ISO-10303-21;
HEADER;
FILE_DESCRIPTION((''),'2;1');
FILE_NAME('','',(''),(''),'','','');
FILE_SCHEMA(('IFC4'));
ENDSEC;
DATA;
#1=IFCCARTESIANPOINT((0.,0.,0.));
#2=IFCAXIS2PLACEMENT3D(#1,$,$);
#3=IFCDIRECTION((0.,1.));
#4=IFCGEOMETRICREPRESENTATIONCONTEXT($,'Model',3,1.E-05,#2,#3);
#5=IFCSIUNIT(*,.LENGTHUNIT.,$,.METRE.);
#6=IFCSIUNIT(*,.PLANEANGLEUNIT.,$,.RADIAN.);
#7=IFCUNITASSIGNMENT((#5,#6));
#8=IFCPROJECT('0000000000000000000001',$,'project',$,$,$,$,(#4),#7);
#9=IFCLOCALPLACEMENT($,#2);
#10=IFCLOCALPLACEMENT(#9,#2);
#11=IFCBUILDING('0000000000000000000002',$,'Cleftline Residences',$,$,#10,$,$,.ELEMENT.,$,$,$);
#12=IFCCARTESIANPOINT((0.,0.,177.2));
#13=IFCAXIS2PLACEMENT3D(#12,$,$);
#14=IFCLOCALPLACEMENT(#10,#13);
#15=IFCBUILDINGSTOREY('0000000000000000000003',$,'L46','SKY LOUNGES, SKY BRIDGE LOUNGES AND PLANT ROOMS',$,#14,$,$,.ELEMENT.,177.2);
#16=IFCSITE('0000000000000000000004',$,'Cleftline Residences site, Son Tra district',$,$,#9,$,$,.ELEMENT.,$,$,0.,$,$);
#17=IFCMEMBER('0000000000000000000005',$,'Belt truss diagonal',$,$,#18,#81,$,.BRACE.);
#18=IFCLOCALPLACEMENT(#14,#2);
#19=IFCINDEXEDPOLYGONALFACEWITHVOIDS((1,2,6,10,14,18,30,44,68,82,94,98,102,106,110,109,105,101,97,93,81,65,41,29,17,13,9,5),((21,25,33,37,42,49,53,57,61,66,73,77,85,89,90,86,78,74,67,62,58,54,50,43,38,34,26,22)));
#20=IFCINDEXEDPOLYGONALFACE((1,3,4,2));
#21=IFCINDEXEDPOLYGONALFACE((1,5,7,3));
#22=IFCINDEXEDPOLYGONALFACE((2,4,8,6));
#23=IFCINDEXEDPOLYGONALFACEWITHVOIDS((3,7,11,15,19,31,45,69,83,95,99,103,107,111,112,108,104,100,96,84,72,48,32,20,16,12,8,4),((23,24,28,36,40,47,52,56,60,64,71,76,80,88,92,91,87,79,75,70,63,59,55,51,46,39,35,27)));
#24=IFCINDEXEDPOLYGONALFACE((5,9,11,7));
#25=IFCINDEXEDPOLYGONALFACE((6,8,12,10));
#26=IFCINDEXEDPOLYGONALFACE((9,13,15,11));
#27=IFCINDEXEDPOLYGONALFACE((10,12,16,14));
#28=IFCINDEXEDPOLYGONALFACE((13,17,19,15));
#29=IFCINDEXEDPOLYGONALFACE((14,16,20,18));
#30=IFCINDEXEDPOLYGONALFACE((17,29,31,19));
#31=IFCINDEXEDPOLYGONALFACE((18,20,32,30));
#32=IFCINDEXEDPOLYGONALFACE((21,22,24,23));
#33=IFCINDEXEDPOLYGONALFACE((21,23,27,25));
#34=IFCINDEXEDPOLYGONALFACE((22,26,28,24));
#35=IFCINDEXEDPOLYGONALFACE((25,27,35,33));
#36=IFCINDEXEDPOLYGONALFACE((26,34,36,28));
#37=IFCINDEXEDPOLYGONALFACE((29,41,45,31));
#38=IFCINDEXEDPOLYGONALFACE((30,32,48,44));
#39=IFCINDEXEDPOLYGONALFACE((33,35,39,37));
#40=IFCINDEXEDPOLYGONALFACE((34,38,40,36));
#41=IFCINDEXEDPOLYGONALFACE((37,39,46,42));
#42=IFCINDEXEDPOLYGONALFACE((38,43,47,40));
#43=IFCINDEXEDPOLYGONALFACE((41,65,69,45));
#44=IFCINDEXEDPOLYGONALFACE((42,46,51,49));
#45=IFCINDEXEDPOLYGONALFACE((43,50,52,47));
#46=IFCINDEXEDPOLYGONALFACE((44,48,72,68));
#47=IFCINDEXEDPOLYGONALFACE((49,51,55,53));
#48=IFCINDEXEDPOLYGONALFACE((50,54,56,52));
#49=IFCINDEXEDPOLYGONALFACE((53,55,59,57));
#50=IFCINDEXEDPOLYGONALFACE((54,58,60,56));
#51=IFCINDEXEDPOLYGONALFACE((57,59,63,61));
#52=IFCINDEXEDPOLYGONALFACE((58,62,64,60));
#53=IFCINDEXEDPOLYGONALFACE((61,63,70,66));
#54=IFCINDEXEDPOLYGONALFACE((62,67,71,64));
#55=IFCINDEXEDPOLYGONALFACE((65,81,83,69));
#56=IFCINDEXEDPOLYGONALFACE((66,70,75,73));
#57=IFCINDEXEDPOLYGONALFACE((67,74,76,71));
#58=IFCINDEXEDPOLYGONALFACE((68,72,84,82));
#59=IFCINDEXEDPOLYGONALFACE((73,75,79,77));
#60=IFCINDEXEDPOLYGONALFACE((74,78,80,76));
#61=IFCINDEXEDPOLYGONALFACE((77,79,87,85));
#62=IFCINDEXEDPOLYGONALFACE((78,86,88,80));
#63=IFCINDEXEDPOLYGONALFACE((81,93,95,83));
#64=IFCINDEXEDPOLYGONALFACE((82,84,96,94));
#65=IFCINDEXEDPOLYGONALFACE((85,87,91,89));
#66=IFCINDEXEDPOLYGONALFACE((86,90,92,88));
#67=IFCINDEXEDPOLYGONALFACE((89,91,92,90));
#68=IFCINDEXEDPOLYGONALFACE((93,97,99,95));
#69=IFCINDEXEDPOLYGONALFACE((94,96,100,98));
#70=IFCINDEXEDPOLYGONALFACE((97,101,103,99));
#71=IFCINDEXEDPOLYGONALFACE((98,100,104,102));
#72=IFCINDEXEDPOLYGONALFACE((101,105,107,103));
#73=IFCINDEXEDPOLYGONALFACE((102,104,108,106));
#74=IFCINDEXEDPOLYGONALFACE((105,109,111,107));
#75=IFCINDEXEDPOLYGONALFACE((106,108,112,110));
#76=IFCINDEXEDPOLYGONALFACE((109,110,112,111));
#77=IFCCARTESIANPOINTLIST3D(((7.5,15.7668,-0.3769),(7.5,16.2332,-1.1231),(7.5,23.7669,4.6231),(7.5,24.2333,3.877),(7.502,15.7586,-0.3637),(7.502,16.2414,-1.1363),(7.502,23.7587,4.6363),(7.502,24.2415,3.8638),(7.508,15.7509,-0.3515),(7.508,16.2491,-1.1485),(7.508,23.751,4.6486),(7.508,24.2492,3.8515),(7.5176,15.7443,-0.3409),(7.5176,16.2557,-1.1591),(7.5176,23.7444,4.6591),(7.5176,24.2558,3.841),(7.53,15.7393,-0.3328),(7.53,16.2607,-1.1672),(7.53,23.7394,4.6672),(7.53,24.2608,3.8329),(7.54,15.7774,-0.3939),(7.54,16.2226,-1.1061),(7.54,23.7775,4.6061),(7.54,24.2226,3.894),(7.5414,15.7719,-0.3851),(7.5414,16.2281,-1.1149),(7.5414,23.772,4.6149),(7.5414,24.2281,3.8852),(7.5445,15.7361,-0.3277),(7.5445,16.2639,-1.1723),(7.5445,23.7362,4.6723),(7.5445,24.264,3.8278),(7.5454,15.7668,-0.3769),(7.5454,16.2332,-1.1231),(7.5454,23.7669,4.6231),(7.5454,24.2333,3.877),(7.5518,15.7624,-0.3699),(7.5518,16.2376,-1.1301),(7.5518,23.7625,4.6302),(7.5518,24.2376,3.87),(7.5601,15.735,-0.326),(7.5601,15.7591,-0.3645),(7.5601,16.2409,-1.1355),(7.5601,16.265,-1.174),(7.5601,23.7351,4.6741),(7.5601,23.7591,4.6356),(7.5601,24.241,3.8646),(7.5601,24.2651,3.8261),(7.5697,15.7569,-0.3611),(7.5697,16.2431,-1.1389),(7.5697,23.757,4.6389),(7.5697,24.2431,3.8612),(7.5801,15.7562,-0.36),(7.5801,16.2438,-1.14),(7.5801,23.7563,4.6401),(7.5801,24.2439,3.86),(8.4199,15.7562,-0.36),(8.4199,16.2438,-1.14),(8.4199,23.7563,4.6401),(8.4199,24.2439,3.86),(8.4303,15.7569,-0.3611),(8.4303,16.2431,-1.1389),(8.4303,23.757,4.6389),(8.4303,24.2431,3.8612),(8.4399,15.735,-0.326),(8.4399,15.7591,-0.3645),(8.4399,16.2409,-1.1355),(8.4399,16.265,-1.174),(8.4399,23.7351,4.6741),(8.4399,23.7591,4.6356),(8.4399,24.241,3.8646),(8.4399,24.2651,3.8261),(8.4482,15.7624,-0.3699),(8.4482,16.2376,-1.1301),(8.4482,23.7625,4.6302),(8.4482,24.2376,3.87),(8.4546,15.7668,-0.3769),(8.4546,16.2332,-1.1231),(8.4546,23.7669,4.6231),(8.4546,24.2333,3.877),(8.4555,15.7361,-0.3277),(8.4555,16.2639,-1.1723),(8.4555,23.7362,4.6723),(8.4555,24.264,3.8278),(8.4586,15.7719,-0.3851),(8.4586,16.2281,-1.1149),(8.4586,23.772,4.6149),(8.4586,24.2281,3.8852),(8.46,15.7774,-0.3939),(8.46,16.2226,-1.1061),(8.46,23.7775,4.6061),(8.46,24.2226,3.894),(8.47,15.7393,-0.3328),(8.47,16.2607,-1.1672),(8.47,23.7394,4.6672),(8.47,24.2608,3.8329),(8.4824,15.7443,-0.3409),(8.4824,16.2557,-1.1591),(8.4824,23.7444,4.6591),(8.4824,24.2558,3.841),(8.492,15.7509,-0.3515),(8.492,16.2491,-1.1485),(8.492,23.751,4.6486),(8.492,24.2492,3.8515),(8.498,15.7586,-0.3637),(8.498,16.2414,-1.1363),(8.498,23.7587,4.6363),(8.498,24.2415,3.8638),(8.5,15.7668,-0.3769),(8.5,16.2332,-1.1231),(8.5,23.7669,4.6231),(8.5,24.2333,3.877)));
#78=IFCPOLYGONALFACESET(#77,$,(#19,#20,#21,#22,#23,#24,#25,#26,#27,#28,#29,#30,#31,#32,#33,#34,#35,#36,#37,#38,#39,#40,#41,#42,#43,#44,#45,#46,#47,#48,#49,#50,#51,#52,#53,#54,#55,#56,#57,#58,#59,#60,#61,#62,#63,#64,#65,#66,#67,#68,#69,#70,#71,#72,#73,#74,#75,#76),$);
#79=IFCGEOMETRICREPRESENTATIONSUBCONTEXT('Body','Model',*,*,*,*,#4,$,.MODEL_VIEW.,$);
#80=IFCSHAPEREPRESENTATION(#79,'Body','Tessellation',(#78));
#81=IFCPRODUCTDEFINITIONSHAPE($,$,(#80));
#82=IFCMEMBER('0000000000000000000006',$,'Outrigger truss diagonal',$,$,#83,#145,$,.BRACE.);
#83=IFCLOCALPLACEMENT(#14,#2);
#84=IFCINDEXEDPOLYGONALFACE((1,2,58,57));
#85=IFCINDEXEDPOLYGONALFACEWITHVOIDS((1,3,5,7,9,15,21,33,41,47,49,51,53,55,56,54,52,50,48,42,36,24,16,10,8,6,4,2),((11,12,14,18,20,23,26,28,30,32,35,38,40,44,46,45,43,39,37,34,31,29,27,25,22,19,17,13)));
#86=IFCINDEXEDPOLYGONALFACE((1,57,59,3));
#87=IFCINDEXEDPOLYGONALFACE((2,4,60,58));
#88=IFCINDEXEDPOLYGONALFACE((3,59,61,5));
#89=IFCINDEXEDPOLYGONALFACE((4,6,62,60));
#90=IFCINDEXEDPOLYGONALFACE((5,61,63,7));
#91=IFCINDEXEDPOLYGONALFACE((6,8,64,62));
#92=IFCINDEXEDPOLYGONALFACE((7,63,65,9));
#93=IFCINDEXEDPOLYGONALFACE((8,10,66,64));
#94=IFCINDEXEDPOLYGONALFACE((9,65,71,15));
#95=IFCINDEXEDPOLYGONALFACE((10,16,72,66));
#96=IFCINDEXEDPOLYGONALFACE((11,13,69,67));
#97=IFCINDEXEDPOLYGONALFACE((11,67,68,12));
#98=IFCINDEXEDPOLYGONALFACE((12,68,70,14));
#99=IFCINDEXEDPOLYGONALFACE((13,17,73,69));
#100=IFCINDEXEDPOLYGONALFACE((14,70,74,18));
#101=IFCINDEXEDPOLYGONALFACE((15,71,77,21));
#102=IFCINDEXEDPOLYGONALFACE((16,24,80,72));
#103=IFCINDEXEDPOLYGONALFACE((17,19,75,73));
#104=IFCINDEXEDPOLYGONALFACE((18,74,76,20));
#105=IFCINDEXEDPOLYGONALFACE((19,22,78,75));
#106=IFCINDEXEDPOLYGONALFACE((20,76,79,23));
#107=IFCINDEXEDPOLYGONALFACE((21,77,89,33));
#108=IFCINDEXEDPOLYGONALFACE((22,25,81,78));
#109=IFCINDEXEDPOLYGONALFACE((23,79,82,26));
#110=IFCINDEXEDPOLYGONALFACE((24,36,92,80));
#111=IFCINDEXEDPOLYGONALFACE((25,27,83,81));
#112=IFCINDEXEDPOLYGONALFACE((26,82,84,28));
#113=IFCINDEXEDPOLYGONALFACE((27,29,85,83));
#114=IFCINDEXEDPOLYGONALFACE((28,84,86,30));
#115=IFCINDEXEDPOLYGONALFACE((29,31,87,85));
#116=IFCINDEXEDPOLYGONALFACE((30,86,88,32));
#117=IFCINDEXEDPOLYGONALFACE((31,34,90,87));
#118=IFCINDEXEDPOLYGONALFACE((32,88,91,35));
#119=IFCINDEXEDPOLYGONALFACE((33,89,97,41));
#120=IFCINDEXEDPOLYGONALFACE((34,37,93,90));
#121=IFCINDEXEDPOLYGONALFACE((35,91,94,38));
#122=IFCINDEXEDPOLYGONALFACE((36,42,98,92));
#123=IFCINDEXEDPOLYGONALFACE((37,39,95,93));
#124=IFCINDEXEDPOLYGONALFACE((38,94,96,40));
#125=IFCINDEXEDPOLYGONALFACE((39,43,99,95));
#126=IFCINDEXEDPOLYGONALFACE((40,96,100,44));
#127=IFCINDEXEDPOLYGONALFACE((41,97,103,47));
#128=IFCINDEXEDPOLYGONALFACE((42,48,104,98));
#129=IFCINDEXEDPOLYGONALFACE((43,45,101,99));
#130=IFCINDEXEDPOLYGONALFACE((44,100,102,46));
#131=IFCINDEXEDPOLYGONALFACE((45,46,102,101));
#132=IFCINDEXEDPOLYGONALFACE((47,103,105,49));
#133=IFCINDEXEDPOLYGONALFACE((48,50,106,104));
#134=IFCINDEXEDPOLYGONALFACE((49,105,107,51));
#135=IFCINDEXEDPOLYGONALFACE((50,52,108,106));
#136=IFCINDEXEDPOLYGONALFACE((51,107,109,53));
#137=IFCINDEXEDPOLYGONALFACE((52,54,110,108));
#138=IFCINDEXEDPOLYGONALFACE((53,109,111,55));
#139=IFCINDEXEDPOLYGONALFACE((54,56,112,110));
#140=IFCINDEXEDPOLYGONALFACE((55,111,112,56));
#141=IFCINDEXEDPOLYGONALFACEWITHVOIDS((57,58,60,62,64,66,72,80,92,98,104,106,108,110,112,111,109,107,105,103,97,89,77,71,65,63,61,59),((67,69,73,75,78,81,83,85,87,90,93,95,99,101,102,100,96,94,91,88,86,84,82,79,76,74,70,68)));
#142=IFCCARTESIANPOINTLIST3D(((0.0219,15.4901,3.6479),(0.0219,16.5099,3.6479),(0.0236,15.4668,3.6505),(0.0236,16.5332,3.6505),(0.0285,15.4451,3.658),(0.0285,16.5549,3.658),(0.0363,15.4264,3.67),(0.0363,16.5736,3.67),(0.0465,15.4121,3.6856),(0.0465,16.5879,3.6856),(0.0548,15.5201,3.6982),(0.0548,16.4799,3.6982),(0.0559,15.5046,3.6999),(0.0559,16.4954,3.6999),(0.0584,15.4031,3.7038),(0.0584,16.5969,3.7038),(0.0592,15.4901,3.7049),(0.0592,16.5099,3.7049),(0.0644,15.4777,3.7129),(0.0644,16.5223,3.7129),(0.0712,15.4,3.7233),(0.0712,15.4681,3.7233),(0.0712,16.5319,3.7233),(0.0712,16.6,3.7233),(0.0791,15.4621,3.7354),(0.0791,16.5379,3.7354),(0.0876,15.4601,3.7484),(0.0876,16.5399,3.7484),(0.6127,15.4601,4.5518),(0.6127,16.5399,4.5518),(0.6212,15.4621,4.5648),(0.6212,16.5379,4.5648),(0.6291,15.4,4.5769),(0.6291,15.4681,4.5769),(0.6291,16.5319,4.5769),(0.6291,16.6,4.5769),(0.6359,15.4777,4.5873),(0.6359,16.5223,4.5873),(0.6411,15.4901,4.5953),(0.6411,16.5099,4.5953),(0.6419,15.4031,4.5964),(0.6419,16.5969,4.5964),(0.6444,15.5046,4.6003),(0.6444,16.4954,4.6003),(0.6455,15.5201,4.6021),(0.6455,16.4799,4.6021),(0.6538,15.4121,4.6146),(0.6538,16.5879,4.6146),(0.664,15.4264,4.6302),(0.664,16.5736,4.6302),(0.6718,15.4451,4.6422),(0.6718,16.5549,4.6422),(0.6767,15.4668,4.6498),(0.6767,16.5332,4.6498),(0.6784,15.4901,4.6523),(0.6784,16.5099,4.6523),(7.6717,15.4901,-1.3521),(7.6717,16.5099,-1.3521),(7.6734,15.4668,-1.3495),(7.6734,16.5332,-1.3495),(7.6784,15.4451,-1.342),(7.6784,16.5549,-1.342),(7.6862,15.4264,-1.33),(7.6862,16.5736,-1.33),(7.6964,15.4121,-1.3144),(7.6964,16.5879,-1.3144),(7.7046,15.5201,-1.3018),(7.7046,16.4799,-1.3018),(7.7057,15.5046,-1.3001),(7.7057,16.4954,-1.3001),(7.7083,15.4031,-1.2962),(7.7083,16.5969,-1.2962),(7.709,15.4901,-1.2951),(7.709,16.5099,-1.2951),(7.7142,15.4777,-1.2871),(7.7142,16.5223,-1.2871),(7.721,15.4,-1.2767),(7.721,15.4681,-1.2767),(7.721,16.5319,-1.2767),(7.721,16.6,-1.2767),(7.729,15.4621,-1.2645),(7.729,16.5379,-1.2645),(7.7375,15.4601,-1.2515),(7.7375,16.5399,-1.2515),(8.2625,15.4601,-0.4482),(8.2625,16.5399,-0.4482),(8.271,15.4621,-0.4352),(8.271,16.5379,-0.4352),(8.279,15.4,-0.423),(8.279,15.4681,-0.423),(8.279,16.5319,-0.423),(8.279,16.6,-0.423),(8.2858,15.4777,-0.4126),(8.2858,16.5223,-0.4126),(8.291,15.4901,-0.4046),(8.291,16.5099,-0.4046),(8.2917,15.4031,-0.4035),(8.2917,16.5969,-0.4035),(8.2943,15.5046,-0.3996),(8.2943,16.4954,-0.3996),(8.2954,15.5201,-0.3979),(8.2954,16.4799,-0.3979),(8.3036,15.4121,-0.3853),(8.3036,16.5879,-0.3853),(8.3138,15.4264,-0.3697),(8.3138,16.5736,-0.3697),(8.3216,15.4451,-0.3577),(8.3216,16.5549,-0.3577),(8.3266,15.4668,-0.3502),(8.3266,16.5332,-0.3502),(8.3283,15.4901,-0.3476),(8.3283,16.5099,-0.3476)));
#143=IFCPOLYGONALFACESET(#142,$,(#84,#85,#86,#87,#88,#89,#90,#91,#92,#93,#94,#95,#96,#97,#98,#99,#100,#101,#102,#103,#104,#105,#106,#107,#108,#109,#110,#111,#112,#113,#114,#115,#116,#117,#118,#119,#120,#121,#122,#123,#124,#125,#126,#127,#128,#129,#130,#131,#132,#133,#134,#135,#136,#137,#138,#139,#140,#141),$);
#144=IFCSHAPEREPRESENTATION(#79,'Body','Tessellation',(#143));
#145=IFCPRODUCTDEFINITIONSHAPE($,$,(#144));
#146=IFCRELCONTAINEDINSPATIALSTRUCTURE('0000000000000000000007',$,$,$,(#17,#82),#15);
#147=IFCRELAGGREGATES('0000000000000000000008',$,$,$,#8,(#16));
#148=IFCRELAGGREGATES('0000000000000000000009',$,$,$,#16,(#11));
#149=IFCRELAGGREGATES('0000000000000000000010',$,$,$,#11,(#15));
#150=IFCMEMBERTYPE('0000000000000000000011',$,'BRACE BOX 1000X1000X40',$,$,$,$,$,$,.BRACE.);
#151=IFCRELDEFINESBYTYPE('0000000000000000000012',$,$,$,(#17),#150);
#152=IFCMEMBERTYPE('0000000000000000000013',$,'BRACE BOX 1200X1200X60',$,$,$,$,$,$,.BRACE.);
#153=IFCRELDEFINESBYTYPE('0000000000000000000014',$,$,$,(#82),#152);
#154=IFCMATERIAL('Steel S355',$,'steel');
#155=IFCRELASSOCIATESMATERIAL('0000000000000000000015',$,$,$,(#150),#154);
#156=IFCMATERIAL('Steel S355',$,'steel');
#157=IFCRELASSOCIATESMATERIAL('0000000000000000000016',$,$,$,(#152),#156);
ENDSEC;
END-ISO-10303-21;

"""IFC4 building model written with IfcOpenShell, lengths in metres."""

from ifc_helpers import new_model, si_unit, direction, frame, origin, origin_2d, place, context, subcontext, project, spatial, hollow_rectangle, extrude, material, material_profile, profile_set, type_object, element, save


model = new_model("IFC4")

# Units and contexts
model_context = context("Model", 3, precision=1e-05, world=origin(), true_north=direction((0.0, 1.0)))
body_context = subcontext(model_context, "Body", "Model", "MODEL_VIEW")
ifc_project = project(units=[si_unit("LENGTHUNIT", "METRE"), si_unit("PLANEANGLEUNIT", "RADIAN")], contexts=[model_context])

# Site, building, storey
site_placement = place(None, origin())
site = spatial("IfcSite", under=ifc_project, at=site_placement, Name="Cleftline Residences site, Son Tra district", CompositionType="ELEMENT", RefElevation=0.0)
building_placement = place(site_placement, origin())
building = spatial("IfcBuilding", under=site, at=building_placement, Name="Cleftline Residences", CompositionType="ELEMENT")
storey_placement = place(building_placement, frame((0.0, 0.0, 177.2)))
storey = spatial("IfcBuildingStorey", under=building, at=storey_placement, Name="L46", Description="SKY LOUNGES, SKY BRIDGE LOUNGES AND PLANT ROOMS", CompositionType="ELEMENT", Elevation=177.2)

# Members
ifc_material_1 = material(Name="Steel S355", Category="steel")
ifc_material_profile_1 = material_profile(ifc_material_1, hollow_rectangle(XDim=1.0, YDim=1.0, WallThickness=0.04, InnerFilletRadius=0.04, OuterFilletRadius=0.0601, at=origin_2d()))
ifc_profile_set_1 = profile_set([ifc_material_profile_1], Name="Steel S355")
member_type_1 = type_object("IfcMemberType", Name="BRACE BOX 1000X1000X40", PredefinedType="BRACE", material=ifc_profile_set_1)
for number, where, z_axis, x_axis, name in (
    (1, (8.0, 16.0, -0.75), (0.0, 0.847998, 0.529999), (0.0, -0.529999, 0.847998), "Belt truss diagonal"),
):
    element("IfcMember", number, at=place(storey_placement, frame(where, z_axis=z_axis, x_axis=x_axis)), inside=storey, type_object=member_type_1, Name=name, PredefinedType="BRACE", context=body_context, shape_type="SweptSolid", body=[
        extrude(hollow_rectangle(XDim=1.0, YDim=1.0, WallThickness=0.04, InnerFilletRadius=0.04, OuterFilletRadius=0.0601, at=origin_2d()), origin(), (0.0, 0.0, 1.0), 9.4341),
    ])
ifc_material_2 = material(Name="Steel S355", Category="steel")
ifc_material_profile_2 = material_profile(ifc_material_2, hollow_rectangle(XDim=1.2, YDim=1.2, WallThickness=0.0601, InnerFilletRadius=0.0601, OuterFilletRadius=0.0901, at=origin_2d()))
ifc_profile_set_2 = profile_set([ifc_material_profile_2], Name="Steel S355")
member_type_2 = type_object("IfcMemberType", Name="BRACE BOX 1200X1200X60", PredefinedType="BRACE", material=ifc_profile_set_2)
member_1_placement = place(storey_placement, frame((8.0, 16.0, -0.8499), z_axis=(-0.837063, 0.0, 0.547107), x_axis=(0.547107, 0.0, 0.837063)))
element("IfcMember", 2, at=member_1_placement, inside=storey, type_object=member_type_2, Name="Outrigger truss diagonal", PredefinedType="BRACE", context=body_context, shape_type="SweptSolid", body=[
    extrude(hollow_rectangle(XDim=1.2, YDim=1.2, WallThickness=0.0601, InnerFilletRadius=0.0601, OuterFilletRadius=0.0901, at=origin_2d()), origin(), (0.0, 0.0, 1.0), 9.1389),
])

save(model, "model.ifc")
